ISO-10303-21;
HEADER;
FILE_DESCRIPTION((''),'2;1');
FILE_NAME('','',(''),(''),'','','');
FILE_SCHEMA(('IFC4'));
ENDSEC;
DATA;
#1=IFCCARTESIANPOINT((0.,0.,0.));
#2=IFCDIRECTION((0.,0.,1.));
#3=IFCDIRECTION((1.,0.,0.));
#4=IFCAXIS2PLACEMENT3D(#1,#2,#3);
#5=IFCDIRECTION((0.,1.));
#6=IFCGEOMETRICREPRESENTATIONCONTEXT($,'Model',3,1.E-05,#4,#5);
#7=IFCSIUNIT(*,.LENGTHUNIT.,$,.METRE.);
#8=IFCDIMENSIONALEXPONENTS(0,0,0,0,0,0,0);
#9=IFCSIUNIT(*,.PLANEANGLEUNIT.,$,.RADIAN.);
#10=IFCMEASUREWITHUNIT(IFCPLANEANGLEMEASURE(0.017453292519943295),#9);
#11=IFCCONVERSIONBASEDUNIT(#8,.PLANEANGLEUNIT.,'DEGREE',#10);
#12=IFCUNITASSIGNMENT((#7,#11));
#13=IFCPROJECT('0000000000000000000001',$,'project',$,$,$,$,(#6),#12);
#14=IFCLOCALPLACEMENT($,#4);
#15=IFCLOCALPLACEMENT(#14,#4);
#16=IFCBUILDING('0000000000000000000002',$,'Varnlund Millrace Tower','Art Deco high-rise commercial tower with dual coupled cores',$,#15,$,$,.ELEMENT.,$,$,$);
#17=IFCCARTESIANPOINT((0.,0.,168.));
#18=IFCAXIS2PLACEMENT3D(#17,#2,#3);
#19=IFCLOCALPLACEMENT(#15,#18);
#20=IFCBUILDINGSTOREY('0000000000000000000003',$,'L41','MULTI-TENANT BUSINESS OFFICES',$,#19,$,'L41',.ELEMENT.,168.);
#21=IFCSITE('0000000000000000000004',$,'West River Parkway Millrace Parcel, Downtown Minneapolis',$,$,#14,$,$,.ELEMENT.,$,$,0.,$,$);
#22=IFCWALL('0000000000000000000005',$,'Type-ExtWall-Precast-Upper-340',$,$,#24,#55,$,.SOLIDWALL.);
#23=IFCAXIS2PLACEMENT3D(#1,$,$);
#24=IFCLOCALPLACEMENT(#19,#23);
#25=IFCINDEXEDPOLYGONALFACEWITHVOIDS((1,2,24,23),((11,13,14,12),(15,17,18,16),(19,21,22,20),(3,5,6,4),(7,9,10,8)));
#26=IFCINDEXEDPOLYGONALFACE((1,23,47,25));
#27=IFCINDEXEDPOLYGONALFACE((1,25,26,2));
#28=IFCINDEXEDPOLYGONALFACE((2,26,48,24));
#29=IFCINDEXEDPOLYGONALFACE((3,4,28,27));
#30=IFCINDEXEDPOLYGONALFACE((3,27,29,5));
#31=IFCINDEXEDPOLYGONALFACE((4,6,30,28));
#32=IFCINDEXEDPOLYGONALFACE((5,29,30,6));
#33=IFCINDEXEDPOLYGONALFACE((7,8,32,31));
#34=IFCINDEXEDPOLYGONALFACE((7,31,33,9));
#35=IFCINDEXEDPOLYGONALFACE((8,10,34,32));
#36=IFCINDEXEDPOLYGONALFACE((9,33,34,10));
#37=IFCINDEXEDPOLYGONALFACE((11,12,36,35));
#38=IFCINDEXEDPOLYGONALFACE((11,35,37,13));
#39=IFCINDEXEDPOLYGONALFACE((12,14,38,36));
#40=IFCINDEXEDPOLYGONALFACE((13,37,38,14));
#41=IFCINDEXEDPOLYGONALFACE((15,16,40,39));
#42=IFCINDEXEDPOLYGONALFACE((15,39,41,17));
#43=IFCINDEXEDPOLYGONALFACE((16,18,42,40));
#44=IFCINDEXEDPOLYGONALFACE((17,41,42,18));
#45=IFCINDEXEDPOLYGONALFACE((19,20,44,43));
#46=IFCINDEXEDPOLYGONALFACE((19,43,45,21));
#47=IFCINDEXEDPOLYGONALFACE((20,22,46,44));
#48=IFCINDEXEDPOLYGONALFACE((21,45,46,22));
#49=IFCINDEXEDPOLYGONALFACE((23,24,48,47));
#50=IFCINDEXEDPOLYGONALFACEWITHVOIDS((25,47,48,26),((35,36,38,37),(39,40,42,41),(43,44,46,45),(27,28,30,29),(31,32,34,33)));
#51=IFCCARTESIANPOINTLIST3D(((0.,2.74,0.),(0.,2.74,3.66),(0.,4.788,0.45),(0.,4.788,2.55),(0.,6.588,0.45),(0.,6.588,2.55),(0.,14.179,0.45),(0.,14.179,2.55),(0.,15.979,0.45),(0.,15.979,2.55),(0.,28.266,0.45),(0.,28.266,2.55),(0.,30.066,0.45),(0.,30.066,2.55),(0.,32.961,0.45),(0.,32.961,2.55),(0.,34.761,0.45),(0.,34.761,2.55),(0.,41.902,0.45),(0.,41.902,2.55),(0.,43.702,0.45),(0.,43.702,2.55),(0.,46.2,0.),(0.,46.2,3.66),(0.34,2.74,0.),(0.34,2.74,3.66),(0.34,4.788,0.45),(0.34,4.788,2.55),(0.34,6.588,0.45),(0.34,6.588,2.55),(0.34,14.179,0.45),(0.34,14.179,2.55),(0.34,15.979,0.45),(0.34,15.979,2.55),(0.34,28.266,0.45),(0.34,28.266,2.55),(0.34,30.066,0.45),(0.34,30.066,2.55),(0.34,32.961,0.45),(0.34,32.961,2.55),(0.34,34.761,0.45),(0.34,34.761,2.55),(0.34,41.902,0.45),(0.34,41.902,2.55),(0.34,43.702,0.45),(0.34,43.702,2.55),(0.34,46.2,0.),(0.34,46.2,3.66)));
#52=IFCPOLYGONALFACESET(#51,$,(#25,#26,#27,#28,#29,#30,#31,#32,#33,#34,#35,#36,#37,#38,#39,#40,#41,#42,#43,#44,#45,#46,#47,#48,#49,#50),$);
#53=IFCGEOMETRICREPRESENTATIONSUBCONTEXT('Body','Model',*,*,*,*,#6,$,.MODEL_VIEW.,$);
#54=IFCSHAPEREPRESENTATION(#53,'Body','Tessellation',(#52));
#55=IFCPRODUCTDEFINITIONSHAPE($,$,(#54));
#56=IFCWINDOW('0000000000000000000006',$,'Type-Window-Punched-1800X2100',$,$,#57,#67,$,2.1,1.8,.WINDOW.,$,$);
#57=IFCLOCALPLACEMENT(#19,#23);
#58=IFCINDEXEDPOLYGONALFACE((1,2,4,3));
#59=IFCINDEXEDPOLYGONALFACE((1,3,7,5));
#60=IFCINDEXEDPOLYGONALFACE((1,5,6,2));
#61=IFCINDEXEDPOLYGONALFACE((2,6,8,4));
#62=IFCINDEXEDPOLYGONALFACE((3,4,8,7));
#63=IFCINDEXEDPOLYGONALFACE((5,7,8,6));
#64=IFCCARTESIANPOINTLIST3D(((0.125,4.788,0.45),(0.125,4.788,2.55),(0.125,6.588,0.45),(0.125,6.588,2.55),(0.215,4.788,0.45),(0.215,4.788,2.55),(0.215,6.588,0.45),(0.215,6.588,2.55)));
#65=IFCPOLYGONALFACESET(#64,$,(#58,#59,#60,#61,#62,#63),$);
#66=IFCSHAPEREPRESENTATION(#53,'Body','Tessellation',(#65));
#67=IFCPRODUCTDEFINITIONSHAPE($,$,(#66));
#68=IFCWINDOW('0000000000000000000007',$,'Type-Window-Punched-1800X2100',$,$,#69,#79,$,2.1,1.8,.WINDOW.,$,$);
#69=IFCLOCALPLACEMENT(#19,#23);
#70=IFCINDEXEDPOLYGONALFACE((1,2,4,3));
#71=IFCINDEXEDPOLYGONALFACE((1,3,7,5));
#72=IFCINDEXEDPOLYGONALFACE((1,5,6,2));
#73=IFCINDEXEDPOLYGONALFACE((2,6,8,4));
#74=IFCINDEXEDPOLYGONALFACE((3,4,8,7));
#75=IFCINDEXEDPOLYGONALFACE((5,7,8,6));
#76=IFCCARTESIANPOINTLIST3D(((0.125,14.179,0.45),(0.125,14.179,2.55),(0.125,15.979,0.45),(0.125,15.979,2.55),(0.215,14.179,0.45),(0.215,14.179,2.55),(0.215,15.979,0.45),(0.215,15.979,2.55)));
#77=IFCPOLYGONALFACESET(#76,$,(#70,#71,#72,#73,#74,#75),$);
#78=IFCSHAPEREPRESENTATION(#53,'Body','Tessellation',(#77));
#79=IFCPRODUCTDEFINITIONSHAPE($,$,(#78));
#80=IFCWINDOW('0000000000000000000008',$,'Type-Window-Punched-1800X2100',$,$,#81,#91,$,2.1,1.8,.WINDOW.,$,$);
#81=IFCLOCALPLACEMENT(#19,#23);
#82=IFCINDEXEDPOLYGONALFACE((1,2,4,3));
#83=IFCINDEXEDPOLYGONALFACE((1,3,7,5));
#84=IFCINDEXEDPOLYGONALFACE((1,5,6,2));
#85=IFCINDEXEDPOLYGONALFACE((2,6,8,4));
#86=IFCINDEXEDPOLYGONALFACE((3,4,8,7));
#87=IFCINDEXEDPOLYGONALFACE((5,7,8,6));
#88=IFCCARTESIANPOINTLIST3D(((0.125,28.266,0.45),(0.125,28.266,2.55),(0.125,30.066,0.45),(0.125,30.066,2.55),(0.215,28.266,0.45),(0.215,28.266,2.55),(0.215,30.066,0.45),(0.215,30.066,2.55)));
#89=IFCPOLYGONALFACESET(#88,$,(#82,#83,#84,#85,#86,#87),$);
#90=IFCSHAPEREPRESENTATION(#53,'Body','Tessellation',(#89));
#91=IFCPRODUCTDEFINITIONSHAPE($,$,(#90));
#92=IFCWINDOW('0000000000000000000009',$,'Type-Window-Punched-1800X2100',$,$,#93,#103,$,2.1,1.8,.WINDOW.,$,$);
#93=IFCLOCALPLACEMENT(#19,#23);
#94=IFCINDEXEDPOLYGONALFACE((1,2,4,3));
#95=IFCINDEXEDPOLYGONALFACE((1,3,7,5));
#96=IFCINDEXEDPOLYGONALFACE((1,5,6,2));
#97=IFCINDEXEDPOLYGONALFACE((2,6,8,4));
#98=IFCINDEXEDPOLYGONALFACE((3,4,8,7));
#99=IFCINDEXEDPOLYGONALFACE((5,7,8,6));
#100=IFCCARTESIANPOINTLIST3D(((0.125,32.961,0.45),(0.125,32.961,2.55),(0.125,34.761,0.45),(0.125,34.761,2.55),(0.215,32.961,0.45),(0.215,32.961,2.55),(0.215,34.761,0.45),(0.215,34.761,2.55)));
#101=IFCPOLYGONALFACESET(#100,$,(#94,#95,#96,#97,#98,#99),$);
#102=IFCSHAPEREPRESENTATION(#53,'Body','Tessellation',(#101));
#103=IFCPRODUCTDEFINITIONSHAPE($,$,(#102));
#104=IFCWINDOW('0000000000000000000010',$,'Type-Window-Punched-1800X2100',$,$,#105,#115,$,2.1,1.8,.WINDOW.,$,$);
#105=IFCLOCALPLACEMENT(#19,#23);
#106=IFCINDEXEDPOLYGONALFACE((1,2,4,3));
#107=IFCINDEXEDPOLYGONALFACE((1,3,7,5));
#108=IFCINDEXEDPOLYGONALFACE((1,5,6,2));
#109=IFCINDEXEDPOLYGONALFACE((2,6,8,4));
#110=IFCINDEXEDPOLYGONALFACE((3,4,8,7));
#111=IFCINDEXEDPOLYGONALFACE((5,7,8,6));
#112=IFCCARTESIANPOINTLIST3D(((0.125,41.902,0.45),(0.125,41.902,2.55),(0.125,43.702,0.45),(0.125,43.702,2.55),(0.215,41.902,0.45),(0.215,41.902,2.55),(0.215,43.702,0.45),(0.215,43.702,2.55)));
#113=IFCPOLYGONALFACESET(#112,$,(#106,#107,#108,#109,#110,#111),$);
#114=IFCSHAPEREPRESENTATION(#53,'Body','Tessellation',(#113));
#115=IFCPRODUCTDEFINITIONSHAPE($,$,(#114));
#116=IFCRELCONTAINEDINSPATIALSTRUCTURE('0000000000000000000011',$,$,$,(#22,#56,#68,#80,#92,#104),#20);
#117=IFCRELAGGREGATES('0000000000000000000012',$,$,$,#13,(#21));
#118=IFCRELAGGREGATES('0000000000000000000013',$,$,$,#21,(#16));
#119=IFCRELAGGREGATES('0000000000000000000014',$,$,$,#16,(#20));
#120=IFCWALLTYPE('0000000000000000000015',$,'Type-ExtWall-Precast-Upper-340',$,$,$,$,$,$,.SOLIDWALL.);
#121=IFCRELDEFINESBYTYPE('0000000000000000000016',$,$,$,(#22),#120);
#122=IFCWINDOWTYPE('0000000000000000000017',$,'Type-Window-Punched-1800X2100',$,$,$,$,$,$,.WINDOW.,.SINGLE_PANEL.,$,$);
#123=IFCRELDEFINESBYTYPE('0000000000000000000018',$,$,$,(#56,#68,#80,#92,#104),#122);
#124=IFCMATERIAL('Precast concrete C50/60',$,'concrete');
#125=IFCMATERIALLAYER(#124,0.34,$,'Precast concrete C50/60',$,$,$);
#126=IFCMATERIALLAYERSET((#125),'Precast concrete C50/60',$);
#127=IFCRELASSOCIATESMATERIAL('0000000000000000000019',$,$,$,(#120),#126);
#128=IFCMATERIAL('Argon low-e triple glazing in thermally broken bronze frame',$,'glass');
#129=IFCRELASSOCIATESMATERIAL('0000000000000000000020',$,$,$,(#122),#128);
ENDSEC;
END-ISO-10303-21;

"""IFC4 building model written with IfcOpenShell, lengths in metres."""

from ifc_helpers import new_model, entity, si_unit, converted_unit, direction, frame, origin_with_axes, origin_2d_with_axis, place, context, subcontext, project, spatial, polyline, rectangle, outline, extrude, material, layer, layer_set, type_object, element, fill, save


model = new_model("IFC4")

# Units and contexts
model_context = context("Model", 3, precision=1e-05, world=origin_with_axes(), true_north=direction((0.0, 1.0)))
body_context = subcontext(model_context, "Body", "Model", "MODEL_VIEW")
ifc_project = project(units=[si_unit("LENGTHUNIT", "METRE"), converted_unit("PLANEANGLEUNIT", "DEGREE", entity("IfcPlaneAngleMeasure", 0.017453292519943295), si_unit("PLANEANGLEUNIT", "RADIAN"), dimensions=[0, 0, 0, 0, 0, 0, 0])], contexts=[model_context])

# Site, building, storey
site_placement = place(None, origin_with_axes())
site = spatial("IfcSite", under=ifc_project, at=site_placement, Name="West River Parkway Millrace Parcel, Downtown Minneapolis", CompositionType="ELEMENT", RefElevation=0.0)
building_placement = place(site_placement, origin_with_axes())
building = spatial("IfcBuilding", under=site, at=building_placement, Name="Varnlund Millrace Tower", Description="Art Deco high-rise commercial tower with dual coupled cores", CompositionType="ELEMENT")
storey_placement = place(building_placement, frame((0.0, 0.0, 168.0), z_axis=(0.0, 0.0, 1.0), x_axis=(1.0, 0.0, 0.0)))
storey = spatial("IfcBuildingStorey", under=building, at=storey_placement, Name="L41", Description="MULTI-TENANT BUSINESS OFFICES", LongName="L41", CompositionType="ELEMENT", Elevation=168.0)

# Shared definitions
ifc_material_1 = material(Name="Precast concrete C50/60", Category="concrete")
ifc_layer_1 = layer(ifc_material_1, 0.34, Name="Precast concrete C50/60")
ifc_layer_set_1 = layer_set([ifc_layer_1], Name="Precast concrete C50/60")
wall_type = type_object("IfcWallType", Name="Type-ExtWall-Precast-Upper-340", PredefinedType="SOLIDWALL", material=ifc_layer_set_1)

# Wall, openings, windows
wall_1_placement = place(storey_placement, frame((0.17, 2.74, 0.0), z_axis=(0.0, 0.0, 1.0), x_axis=(0.0, 1.0, 0.0)))
wall_1 = element("IfcWall", 1, at=wall_1_placement, inside=storey, type_object=wall_type, Name="Type-ExtWall-Precast-Upper-340", PredefinedType="SOLIDWALL", context=body_context, shape_type="SweptSolid", body=[
    extrude(outline(polyline([(0.0, -0.17), (43.46, -0.17), (43.46, 0.17), (0.0, 0.17), (0.0, -0.17)])), origin_with_axes(), (0.0, 0.0, 1.0), 3.66),
])
opening_1_placement = place(wall_1_placement, frame((2.948, 0.0, 0.45), z_axis=(0.0, 0.0, 1.0), x_axis=(1.0, 0.0, 0.0)))
opening_1 = element("IfcOpeningElement", 2, at=opening_1_placement, cuts=wall_1, PredefinedType="OPENING", context=body_context, shape_type="SweptSolid", body=[
    extrude(rectangle(XDim=1.8, YDim=0.36, at=origin_2d_with_axis()), origin_with_axes(), (0.0, 0.0, 1.0), 2.1),
])
opening_2_placement = place(wall_1_placement, frame((12.339, 0.0, 0.45), z_axis=(0.0, 0.0, 1.0), x_axis=(1.0, 0.0, 0.0)))
opening_2 = element("IfcOpeningElement", 3, at=opening_2_placement, cuts=wall_1, PredefinedType="OPENING", context=body_context, shape_type="SweptSolid", body=[
    extrude(rectangle(XDim=1.8, YDim=0.36, at=origin_2d_with_axis()), origin_with_axes(), (0.0, 0.0, 1.0), 2.1),
])
opening_3_placement = place(wall_1_placement, frame((26.426, 0.0, 0.45), z_axis=(0.0, 0.0, 1.0), x_axis=(1.0, 0.0, 0.0)))
opening_3 = element("IfcOpeningElement", 4, at=opening_3_placement, cuts=wall_1, PredefinedType="OPENING", context=body_context, shape_type="SweptSolid", body=[
    extrude(rectangle(XDim=1.8, YDim=0.36, at=origin_2d_with_axis()), origin_with_axes(), (0.0, 0.0, 1.0), 2.1),
])
opening_4_placement = place(wall_1_placement, frame((31.121, 0.0, 0.45), z_axis=(0.0, 0.0, 1.0), x_axis=(1.0, 0.0, 0.0)))
opening_4 = element("IfcOpeningElement", 5, at=opening_4_placement, cuts=wall_1, PredefinedType="OPENING", context=body_context, shape_type="SweptSolid", body=[
    extrude(rectangle(XDim=1.8, YDim=0.36, at=origin_2d_with_axis()), origin_with_axes(), (0.0, 0.0, 1.0), 2.1),
])
opening_5_placement = place(wall_1_placement, frame((40.062, 0.0, 0.45), z_axis=(0.0, 0.0, 1.0), x_axis=(1.0, 0.0, 0.0)))
opening_5 = element("IfcOpeningElement", 6, at=opening_5_placement, cuts=wall_1, PredefinedType="OPENING", context=body_context, shape_type="SweptSolid", body=[
    extrude(rectangle(XDim=1.8, YDim=0.36, at=origin_2d_with_axis()), origin_with_axes(), (0.0, 0.0, 1.0), 2.1),
])
ifc_material_2 = material(Name="Argon low-e triple glazing in thermally broken bronze frame", Category="glass")
window_type = type_object("IfcWindowType", Name="Type-Window-Punched-1800X2100", PartitioningType="SINGLE_PANEL", PredefinedType="WINDOW", material=ifc_material_2)
window_1_placement = place(wall_1_placement, frame((2.948, 0.0, 0.45), z_axis=(0.0, 0.0, 1.0), x_axis=(1.0, 0.0, 0.0)))
window_1 = element("IfcWindow", 7, at=window_1_placement, inside=storey, type_object=window_type, Name="Type-Window-Punched-1800X2100", OverallHeight=2.1, OverallWidth=1.8, PredefinedType="WINDOW", context=body_context, shape_type="SweptSolid", body=[
    extrude(rectangle(XDim=1.8, YDim=0.09, at=origin_2d_with_axis()), origin_with_axes(), (0.0, 0.0, 1.0), 2.1),
])
fill(opening_1, window_1)
window_2_placement = place(wall_1_placement, frame((12.339, 0.0, 0.45), z_axis=(0.0, 0.0, 1.0), x_axis=(1.0, 0.0, 0.0)))
window_2 = element("IfcWindow", 8, at=window_2_placement, inside=storey, type_object=window_type, Name="Type-Window-Punched-1800X2100", OverallHeight=2.1, OverallWidth=1.8, PredefinedType="WINDOW", context=body_context, shape_type="SweptSolid", body=[
    extrude(rectangle(XDim=1.8, YDim=0.09, at=origin_2d_with_axis()), origin_with_axes(), (0.0, 0.0, 1.0), 2.1),
])
fill(opening_2, window_2)
window_3_placement = place(wall_1_placement, frame((26.426, 0.0, 0.45), z_axis=(0.0, 0.0, 1.0), x_axis=(1.0, 0.0, 0.0)))
window_3 = element("IfcWindow", 9, at=window_3_placement, inside=storey, type_object=window_type, Name="Type-Window-Punched-1800X2100", OverallHeight=2.1, OverallWidth=1.8, PredefinedType="WINDOW", context=body_context, shape_type="SweptSolid", body=[
    extrude(rectangle(XDim=1.8, YDim=0.09, at=origin_2d_with_axis()), origin_with_axes(), (0.0, 0.0, 1.0), 2.1),
])
fill(opening_3, window_3)
window_4_placement = place(wall_1_placement, frame((31.121, 0.0, 0.45), z_axis=(0.0, 0.0, 1.0), x_axis=(1.0, 0.0, 0.0)))
window_4 = element("IfcWindow", 10, at=window_4_placement, inside=storey, type_object=window_type, Name="Type-Window-Punched-1800X2100", OverallHeight=2.1, OverallWidth=1.8, PredefinedType="WINDOW", context=body_context, shape_type="SweptSolid", body=[
    extrude(rectangle(XDim=1.8, YDim=0.09, at=origin_2d_with_axis()), origin_with_axes(), (0.0, 0.0, 1.0), 2.1),
])
fill(opening_4, window_4)
window_5_placement = place(wall_1_placement, frame((40.062, 0.0, 0.45), z_axis=(0.0, 0.0, 1.0), x_axis=(1.0, 0.0, 0.0)))
window_5 = element("IfcWindow", 11, at=window_5_placement, inside=storey, type_object=window_type, Name="Type-Window-Punched-1800X2100", OverallHeight=2.1, OverallWidth=1.8, PredefinedType="WINDOW", context=body_context, shape_type="SweptSolid", body=[
    extrude(rectangle(XDim=1.8, YDim=0.09, at=origin_2d_with_axis()), origin_with_axes(), (0.0, 0.0, 1.0), 2.1),
])
fill(opening_5, window_5)

save(model, "model.ifc")
